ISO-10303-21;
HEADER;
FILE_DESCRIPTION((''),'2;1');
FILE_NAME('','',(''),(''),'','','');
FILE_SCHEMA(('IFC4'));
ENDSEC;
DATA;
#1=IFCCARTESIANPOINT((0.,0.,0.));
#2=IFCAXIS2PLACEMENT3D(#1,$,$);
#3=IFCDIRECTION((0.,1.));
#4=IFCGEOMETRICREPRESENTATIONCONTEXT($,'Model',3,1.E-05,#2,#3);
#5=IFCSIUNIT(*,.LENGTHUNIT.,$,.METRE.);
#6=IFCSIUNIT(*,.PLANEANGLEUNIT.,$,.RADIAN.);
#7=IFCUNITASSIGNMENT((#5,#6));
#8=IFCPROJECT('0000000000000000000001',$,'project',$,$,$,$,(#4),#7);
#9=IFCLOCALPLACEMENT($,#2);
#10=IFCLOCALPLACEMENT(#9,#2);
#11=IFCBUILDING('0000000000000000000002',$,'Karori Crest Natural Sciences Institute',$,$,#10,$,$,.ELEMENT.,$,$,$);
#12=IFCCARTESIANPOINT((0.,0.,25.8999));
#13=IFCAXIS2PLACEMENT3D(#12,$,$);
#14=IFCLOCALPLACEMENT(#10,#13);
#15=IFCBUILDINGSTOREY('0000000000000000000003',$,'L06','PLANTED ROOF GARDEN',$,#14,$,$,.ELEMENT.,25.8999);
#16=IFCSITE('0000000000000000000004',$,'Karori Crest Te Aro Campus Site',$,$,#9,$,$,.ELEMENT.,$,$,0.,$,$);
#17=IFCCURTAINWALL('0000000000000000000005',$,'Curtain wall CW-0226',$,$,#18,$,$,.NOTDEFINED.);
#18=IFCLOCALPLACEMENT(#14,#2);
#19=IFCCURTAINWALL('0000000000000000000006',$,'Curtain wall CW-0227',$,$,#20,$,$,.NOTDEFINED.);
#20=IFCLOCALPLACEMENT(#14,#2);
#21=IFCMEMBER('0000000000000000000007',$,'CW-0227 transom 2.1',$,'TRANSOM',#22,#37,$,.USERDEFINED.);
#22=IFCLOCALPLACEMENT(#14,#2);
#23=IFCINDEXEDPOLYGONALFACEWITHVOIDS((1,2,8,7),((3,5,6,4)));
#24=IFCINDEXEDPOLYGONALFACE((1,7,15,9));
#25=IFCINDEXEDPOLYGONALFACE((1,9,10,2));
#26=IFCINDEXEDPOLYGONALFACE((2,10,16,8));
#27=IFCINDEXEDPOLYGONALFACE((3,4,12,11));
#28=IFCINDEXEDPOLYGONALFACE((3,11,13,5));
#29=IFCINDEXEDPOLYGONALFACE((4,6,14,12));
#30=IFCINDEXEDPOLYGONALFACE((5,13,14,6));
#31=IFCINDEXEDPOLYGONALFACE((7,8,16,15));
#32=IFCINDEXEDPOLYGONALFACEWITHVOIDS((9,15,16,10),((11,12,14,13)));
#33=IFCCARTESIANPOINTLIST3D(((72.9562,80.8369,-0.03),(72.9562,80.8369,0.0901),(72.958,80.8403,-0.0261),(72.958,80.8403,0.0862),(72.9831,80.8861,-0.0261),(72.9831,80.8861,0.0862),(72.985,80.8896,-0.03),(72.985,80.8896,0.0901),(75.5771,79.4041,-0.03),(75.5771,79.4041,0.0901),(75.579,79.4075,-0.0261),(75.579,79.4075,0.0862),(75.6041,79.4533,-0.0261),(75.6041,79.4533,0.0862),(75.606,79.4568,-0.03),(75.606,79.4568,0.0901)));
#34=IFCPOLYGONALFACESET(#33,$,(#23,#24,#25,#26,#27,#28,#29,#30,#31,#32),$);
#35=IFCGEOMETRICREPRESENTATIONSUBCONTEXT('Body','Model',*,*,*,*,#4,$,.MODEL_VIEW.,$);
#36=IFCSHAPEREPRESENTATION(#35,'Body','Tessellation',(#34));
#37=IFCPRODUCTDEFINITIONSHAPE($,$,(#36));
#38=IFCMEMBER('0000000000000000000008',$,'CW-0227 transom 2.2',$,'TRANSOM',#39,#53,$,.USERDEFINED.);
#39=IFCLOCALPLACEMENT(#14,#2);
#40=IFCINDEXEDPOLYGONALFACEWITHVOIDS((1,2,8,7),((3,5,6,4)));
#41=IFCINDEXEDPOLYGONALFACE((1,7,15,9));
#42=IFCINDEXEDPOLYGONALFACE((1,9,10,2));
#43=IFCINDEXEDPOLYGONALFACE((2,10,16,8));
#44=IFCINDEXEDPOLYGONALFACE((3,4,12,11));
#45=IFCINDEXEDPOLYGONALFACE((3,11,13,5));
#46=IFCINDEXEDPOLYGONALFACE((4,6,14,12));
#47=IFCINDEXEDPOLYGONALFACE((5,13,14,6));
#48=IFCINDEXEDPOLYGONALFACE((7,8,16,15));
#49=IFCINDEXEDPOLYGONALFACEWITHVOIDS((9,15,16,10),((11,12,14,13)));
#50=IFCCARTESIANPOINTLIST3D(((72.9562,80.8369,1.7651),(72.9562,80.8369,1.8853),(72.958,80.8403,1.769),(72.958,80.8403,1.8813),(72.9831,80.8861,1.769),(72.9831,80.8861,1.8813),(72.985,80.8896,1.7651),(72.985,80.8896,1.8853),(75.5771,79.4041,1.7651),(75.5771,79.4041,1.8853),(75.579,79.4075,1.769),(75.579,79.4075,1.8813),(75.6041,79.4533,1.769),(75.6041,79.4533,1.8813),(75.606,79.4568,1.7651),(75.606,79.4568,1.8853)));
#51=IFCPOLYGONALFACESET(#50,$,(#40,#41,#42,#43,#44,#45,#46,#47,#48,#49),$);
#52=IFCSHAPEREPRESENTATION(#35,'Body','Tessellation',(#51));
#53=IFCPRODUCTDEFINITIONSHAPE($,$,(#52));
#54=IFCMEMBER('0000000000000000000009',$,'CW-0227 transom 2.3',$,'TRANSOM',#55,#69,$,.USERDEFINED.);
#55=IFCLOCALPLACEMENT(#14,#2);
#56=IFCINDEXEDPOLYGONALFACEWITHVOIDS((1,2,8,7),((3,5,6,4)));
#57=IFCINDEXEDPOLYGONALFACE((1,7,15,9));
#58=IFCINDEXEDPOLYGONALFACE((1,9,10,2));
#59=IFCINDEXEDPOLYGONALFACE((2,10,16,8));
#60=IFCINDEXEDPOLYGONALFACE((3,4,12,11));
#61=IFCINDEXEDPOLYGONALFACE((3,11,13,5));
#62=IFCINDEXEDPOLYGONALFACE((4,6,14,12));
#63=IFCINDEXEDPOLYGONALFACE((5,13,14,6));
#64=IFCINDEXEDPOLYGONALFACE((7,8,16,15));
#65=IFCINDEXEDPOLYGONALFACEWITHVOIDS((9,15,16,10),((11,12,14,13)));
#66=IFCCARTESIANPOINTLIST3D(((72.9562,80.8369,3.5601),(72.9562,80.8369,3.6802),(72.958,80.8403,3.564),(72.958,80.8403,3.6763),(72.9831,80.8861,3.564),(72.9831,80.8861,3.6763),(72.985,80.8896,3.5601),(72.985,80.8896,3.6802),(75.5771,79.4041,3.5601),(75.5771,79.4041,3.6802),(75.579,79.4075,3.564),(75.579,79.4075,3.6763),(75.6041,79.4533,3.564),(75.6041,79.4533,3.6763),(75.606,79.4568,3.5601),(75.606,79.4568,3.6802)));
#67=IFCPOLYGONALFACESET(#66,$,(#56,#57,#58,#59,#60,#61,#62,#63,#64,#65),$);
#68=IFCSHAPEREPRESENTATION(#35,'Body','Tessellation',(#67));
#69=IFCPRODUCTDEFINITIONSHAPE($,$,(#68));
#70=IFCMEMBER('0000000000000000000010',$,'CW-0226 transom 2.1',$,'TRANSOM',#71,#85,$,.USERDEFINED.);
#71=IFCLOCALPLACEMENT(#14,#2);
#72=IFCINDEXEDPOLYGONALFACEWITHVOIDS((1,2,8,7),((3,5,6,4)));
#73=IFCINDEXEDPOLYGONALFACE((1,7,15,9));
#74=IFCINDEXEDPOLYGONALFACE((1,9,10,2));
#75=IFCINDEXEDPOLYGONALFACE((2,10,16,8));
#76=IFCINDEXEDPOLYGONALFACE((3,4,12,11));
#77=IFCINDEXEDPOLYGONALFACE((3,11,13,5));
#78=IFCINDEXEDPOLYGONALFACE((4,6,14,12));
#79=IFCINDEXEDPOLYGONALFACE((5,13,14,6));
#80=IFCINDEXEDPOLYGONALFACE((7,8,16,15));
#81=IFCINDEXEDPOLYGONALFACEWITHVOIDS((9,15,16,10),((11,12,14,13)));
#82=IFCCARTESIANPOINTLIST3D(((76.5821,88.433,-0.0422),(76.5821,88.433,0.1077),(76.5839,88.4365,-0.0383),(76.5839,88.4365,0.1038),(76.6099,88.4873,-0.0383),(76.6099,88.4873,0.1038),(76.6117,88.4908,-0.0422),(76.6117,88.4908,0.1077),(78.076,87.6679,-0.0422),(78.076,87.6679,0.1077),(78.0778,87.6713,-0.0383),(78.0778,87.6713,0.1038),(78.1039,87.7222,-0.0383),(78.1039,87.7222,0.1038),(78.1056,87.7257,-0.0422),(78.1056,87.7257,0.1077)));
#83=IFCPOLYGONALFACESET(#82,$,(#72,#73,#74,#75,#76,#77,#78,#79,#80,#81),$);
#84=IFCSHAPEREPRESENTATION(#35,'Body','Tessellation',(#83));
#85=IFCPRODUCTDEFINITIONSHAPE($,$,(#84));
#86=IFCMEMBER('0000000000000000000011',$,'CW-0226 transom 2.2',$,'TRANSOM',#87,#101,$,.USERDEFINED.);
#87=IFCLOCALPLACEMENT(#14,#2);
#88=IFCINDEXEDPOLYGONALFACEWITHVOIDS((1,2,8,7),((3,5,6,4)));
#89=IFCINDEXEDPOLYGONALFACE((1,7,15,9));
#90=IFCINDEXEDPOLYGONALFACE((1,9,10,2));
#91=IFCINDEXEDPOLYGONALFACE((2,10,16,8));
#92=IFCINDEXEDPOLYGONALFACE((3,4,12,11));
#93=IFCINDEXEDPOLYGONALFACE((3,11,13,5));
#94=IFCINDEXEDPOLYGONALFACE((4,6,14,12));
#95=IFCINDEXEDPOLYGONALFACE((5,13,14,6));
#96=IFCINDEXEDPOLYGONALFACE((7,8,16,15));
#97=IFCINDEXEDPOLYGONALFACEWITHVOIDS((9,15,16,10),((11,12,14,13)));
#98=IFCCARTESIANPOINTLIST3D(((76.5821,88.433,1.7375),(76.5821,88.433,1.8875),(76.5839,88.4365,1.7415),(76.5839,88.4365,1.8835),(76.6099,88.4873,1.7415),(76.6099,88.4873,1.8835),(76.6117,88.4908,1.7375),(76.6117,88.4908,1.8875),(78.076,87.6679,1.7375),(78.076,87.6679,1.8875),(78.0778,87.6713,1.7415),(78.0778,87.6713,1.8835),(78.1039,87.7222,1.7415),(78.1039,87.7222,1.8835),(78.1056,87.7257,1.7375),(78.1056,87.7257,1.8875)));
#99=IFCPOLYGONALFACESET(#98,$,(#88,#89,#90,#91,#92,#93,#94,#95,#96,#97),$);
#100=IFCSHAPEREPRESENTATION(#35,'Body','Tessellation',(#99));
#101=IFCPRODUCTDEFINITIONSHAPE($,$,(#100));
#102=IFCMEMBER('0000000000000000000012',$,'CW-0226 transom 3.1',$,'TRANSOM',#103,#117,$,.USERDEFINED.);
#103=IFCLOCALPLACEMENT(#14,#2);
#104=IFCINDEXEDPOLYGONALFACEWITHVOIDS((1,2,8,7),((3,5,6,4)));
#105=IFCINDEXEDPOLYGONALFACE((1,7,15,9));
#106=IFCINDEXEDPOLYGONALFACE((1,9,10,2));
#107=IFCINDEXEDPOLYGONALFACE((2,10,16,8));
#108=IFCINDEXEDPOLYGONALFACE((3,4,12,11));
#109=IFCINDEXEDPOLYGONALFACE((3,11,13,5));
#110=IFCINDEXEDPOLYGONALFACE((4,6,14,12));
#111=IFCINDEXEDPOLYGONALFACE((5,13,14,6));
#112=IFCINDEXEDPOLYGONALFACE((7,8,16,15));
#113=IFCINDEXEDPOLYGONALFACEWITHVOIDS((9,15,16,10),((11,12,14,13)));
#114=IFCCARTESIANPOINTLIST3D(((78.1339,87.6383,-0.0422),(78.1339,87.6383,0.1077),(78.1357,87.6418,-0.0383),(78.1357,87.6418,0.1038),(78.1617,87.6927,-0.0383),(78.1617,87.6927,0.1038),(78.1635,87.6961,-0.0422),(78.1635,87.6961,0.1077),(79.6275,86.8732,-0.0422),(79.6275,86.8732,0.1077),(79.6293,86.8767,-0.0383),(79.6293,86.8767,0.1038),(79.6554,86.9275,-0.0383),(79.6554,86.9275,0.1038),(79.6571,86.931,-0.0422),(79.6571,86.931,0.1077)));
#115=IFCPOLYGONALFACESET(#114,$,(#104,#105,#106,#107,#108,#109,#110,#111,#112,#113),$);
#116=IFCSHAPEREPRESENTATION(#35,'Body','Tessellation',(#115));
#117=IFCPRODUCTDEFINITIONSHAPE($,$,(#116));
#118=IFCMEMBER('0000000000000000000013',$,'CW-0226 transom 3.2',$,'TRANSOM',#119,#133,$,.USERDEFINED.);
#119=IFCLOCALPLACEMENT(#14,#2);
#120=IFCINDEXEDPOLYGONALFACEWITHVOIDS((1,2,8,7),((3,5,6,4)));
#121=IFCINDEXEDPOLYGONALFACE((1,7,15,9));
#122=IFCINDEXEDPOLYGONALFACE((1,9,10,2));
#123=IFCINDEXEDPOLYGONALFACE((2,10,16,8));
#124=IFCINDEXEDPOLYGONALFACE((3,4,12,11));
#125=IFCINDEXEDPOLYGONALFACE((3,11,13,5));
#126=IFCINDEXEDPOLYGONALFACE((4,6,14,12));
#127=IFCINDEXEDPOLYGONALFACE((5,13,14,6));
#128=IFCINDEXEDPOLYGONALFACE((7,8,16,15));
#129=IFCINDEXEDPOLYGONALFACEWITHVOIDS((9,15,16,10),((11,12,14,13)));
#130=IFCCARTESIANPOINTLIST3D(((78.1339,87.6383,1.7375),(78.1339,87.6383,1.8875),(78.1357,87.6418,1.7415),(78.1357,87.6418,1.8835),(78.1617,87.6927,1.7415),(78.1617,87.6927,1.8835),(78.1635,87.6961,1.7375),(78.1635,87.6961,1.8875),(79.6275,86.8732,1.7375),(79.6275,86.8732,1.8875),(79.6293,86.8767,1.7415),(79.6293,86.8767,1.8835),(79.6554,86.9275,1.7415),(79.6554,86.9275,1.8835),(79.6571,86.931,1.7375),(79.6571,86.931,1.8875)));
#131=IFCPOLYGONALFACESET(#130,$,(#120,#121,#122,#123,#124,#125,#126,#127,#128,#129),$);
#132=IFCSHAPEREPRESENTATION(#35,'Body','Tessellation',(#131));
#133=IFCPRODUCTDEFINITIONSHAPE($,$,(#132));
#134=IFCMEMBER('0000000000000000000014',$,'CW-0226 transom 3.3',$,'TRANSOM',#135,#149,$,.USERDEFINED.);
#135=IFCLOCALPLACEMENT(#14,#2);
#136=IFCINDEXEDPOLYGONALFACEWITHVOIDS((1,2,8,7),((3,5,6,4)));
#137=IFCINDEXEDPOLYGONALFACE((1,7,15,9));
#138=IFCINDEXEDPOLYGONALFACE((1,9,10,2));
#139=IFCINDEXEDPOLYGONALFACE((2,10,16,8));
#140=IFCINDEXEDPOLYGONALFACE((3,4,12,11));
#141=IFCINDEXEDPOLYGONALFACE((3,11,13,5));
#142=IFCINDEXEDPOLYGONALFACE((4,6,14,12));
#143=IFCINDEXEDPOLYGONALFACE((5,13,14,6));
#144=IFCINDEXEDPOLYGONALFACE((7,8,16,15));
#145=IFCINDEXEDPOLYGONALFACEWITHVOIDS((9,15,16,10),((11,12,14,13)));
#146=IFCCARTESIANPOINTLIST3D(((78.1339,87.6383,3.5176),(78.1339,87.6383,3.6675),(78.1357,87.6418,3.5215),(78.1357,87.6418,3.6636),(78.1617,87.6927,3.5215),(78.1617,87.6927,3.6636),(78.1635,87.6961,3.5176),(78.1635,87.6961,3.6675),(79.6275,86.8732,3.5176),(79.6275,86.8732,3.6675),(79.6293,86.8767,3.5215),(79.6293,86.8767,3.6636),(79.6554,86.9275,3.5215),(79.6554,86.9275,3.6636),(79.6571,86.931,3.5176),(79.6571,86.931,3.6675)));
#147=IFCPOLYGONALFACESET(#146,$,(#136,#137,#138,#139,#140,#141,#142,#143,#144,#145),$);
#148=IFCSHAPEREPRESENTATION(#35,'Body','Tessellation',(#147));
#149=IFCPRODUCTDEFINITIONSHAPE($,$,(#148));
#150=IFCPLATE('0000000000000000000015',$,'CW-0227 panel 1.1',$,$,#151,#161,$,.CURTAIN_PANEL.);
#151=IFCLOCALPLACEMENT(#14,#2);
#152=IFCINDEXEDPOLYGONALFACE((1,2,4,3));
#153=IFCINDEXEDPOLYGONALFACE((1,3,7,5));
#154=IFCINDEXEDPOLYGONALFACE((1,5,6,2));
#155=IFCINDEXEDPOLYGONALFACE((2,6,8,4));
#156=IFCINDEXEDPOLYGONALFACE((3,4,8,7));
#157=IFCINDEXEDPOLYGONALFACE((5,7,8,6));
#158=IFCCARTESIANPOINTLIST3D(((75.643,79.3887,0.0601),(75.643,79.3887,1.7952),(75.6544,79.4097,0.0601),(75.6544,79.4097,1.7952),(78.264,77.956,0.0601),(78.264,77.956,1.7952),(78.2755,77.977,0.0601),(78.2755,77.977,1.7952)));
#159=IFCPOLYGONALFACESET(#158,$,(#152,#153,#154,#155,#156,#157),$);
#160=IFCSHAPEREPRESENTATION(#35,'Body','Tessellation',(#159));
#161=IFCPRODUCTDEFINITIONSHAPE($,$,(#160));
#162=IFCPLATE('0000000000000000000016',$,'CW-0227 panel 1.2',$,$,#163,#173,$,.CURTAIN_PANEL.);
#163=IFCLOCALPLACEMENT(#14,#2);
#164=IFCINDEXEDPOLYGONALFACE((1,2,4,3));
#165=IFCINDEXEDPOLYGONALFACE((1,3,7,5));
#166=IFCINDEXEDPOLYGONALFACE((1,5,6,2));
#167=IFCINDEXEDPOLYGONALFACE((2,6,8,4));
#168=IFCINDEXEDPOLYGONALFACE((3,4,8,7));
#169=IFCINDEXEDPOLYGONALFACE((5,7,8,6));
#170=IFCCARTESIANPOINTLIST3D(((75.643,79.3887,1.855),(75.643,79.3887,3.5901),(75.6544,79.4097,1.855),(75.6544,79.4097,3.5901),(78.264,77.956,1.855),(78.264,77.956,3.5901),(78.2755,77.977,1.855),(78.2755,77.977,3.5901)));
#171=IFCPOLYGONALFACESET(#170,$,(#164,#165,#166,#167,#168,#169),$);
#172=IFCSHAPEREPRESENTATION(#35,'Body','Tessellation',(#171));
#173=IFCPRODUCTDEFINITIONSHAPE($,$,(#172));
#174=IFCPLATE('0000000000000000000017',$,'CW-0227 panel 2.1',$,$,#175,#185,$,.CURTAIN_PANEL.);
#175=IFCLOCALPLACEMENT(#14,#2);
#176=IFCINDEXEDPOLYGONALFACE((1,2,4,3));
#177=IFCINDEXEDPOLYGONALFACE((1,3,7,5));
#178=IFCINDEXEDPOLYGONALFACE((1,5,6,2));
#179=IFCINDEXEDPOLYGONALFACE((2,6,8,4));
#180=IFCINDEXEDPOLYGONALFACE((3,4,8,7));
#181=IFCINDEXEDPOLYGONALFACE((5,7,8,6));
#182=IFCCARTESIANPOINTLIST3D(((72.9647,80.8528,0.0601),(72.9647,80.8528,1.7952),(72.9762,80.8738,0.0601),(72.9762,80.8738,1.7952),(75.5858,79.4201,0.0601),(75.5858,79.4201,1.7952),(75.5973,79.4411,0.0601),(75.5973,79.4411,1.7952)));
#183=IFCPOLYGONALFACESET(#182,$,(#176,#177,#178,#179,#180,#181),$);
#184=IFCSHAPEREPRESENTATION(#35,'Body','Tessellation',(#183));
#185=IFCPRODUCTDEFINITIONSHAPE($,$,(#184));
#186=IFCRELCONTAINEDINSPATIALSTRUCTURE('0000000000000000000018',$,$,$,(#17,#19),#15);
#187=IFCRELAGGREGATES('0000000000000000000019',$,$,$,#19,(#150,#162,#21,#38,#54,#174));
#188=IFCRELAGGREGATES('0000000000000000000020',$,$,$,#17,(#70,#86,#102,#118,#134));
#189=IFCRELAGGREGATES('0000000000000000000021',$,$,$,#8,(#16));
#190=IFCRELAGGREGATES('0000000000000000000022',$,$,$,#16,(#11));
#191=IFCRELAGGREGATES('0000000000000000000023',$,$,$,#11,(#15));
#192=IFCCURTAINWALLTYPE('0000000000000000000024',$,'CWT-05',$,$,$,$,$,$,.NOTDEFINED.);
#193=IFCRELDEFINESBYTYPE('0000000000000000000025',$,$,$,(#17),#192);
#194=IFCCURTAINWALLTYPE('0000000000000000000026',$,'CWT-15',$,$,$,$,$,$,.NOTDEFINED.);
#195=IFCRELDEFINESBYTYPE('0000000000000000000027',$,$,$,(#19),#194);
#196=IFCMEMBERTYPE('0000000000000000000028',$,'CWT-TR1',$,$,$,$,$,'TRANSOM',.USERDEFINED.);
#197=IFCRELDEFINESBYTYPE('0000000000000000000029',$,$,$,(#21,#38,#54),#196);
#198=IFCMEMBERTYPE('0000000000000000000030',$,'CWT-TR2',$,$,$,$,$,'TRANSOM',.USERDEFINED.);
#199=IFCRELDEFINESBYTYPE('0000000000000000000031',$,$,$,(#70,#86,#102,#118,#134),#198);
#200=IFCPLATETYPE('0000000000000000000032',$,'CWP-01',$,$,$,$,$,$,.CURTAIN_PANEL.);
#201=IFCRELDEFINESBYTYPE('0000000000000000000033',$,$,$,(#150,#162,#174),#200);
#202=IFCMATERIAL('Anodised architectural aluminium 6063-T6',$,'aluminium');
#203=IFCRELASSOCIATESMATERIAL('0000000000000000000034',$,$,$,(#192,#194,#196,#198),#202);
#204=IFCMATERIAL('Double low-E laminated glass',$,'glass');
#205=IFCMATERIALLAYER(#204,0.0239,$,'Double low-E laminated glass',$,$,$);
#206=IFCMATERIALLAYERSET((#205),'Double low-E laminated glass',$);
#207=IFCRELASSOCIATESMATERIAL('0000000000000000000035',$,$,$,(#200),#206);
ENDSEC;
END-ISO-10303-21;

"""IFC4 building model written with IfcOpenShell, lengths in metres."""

from ifc_helpers import new_model, si_unit, direction, frame, origin, origin_2d, place, context, subcontext, project, spatial, rectangle, hollow_rectangle, extrude, material, layer, layer_set, material_profile, profile_set, type_object, element, aggregate, save


model = new_model("IFC4")

# Units and contexts
model_context = context("Model", 3, precision=1e-05, world=origin(), true_north=direction((0.0, 1.0)))
body_context = subcontext(model_context, "Body", "Model", "MODEL_VIEW")
ifc_project = project(units=[si_unit("LENGTHUNIT", "METRE"), si_unit("PLANEANGLEUNIT", "RADIAN")], contexts=[model_context])

# Site, building, storey
site_placement = place(None, origin())
site = spatial("IfcSite", under=ifc_project, at=site_placement, Name="Karori Crest Te Aro Campus Site", CompositionType="ELEMENT", RefElevation=0.0)
building_placement = place(site_placement, origin())
building = spatial("IfcBuilding", under=site, at=building_placement, Name="Karori Crest Natural Sciences Institute", CompositionType="ELEMENT")
storey_placement = place(building_placement, frame((0.0, 0.0, 25.8999)))
storey = spatial("IfcBuildingStorey", under=building, at=storey_placement, Name="L06", Description="PLANTED ROOF GARDEN", CompositionType="ELEMENT", Elevation=25.8999)

# Curtain wall
ifc_material_1 = material(Name="Anodised architectural aluminium 6063-T6", Category="aluminium")
curtain_wall_type_1 = type_object("IfcCurtainWallType", Name="CWT-05", PredefinedType="NOTDEFINED", material=ifc_material_1)
curtain_wall_1_placement = place(storey_placement, origin())
curtain_wall_1 = element("IfcCurtainWall", 1, at=curtain_wall_1_placement, inside=storey, type_object=curtain_wall_type_1, Name="Curtain wall CW-0226", PredefinedType="NOTDEFINED")

# Curtain wall, members
curtain_wall_type_2 = type_object("IfcCurtainWallType", Name="CWT-15", PredefinedType="NOTDEFINED", material=ifc_material_1)
curtain_wall_2_placement = place(storey_placement, origin())
curtain_wall_2 = element("IfcCurtainWall", 2, at=curtain_wall_2_placement, inside=storey, type_object=curtain_wall_type_2, Name="Curtain wall CW-0227", PredefinedType="NOTDEFINED")
ifc_material_profile_1 = material_profile(ifc_material_1, hollow_rectangle(XDim=0.0601, YDim=0.1201, WallThickness=0.0039, at=origin_2d()), Name="CWT120x60x4")
ifc_profile_set_1 = profile_set([ifc_material_profile_1], Name="Anodised architectural aluminium 6063-T6")
member_type_1 = type_object("IfcMemberType", Name="CWT-TR1", ElementType="TRANSOM", PredefinedType="USERDEFINED", material=ifc_profile_set_1)
member_1_placement = place(storey_placement, frame((75.5916, 79.4304, 0.03), z_axis=(-0.877449, 0.479671, 0.0), x_axis=(-0.479671, -0.877449, 0.0)))
member_1 = element("IfcMember", 3, at=member_1_placement, type_object=member_type_1, Name="CW-0227 transom 2.1", ObjectType="TRANSOM", PredefinedType="USERDEFINED", context=body_context, shape_type="SweptSolid", body=[
    extrude(hollow_rectangle(XDim=0.0601, YDim=0.1201, WallThickness=0.0039, at=origin_2d()), origin(), (0.0, 0.0, 1.0), 2.9871),
])
member_2_placement = place(storey_placement, frame((75.5916, 79.4304, 1.8252), z_axis=(-0.877449, 0.479671, 0.0), x_axis=(-0.479671, -0.877449, 0.0)))
member_2 = element("IfcMember", 4, at=member_2_placement, type_object=member_type_1, Name="CW-0227 transom 2.2", ObjectType="TRANSOM", PredefinedType="USERDEFINED", context=body_context, shape_type="SweptSolid", body=[
    extrude(hollow_rectangle(XDim=0.0601, YDim=0.1201, WallThickness=0.0039, at=origin_2d()), origin(), (0.0, 0.0, 1.0), 2.9871),
])
member_3_placement = place(storey_placement, frame((75.5916, 79.4304, 3.6201), z_axis=(-0.877449, 0.479671, 0.0), x_axis=(-0.479671, -0.877449, 0.0)))
member_3 = element("IfcMember", 5, at=member_3_placement, type_object=member_type_1, Name="CW-0227 transom 2.3", ObjectType="TRANSOM", PredefinedType="USERDEFINED", context=body_context, shape_type="SweptSolid", body=[
    extrude(hollow_rectangle(XDim=0.0601, YDim=0.1201, WallThickness=0.0039, at=origin_2d()), origin(), (0.0, 0.0, 1.0), 2.9871),
])

# Members
ifc_material_profile_2 = material_profile(ifc_material_1, hollow_rectangle(XDim=0.0649, YDim=0.1499, WallThickness=0.0039, at=origin_2d()), Name="CWT150x65x4")
ifc_profile_set_2 = profile_set([ifc_material_profile_2], Name="Anodised architectural aluminium 6063-T6")
member_type_2 = type_object("IfcMemberType", Name="CWT-TR2", ElementType="TRANSOM", PredefinedType="USERDEFINED", material=ifc_profile_set_2)
member_4_placement = place(storey_placement, frame((76.5969, 88.4619, 0.0327), z_axis=(0.890051, -0.455862, 0.0), x_axis=(0.455862, 0.890051, 0.0)))
member_4 = element("IfcMember", 6, at=member_4_placement, type_object=member_type_2, Name="CW-0226 transom 2.1", ObjectType="TRANSOM", PredefinedType="USERDEFINED", context=body_context, shape_type="SweptSolid", body=[
    extrude(hollow_rectangle(XDim=0.0649, YDim=0.1499, WallThickness=0.0039, at=origin_2d()), origin(), (0.0, 0.0, 1.0), 1.6785),
])
member_5_placement = place(storey_placement, frame((76.5969, 88.4619, 1.8125), z_axis=(0.890051, -0.455862, 0.0), x_axis=(0.455862, 0.890051, 0.0)))
member_5 = element("IfcMember", 7, at=member_5_placement, type_object=member_type_2, Name="CW-0226 transom 2.2", ObjectType="TRANSOM", PredefinedType="USERDEFINED", context=body_context, shape_type="SweptSolid", body=[
    extrude(hollow_rectangle(XDim=0.0649, YDim=0.1499, WallThickness=0.0039, at=origin_2d()), origin(), (0.0, 0.0, 1.0), 1.6785),
])
member_6_placement = place(storey_placement, frame((78.1487, 87.6672, 0.0327), z_axis=(0.89002, -0.455921, 0.0), x_axis=(0.455921, 0.89002, 0.0)))
member_6 = element("IfcMember", 8, at=member_6_placement, type_object=member_type_2, Name="CW-0226 transom 3.1", ObjectType="TRANSOM", PredefinedType="USERDEFINED", context=body_context, shape_type="SweptSolid", body=[
    extrude(hollow_rectangle(XDim=0.0649, YDim=0.1499, WallThickness=0.0039, at=origin_2d()), origin(), (0.0, 0.0, 1.0), 1.6782),
])
member_7_placement = place(storey_placement, frame((78.1487, 87.6672, 1.8125), z_axis=(0.89002, -0.455921, 0.0), x_axis=(0.455921, 0.89002, 0.0)))
member_7 = element("IfcMember", 9, at=member_7_placement, type_object=member_type_2, Name="CW-0226 transom 3.2", ObjectType="TRANSOM", PredefinedType="USERDEFINED", context=body_context, shape_type="SweptSolid", body=[
    extrude(hollow_rectangle(XDim=0.0649, YDim=0.1499, WallThickness=0.0039, at=origin_2d()), origin(), (0.0, 0.0, 1.0), 1.6782),
])
member_8_placement = place(storey_placement, frame((78.1487, 87.6672, 3.5925), z_axis=(0.89002, -0.455921, 0.0), x_axis=(0.455921, 0.89002, 0.0)))
member_8 = element("IfcMember", 10, at=member_8_placement, type_object=member_type_2, Name="CW-0226 transom 3.3", ObjectType="TRANSOM", PredefinedType="USERDEFINED", context=body_context, shape_type="SweptSolid", body=[
    extrude(hollow_rectangle(XDim=0.0649, YDim=0.1499, WallThickness=0.0039, at=origin_2d()), origin(), (0.0, 0.0, 1.0), 1.6782),
])

# Plates
ifc_material_2 = material(Name="Double low-E laminated glass", Category="glass")
ifc_layer_1 = layer(ifc_material_2, 0.0239, Name="Double low-E laminated glass")
ifc_layer_set_1 = layer_set([ifc_layer_1], Name="Double low-E laminated glass")
plate_type_1 = type_object("IfcPlateType", Name="CWP-01", PredefinedType="CURTAIN_PANEL", material=ifc_layer_set_1)
plate_1_placement = place(storey_placement, frame((76.9592, 78.6829, 0.0601), z_axis=(0.0, 0.0, 1.0), x_axis=(-0.87747, 0.479631, 0.0)))
plate_1 = element("IfcPlate", 11, at=plate_1_placement, type_object=plate_type_1, Name="CW-0227 panel 1.1", PredefinedType="CURTAIN_PANEL", context=body_context, shape_type="SweptSolid", body=[
    extrude(rectangle(XDim=2.9871, YDim=0.0239, at=origin_2d()), origin(), (0.0, 0.0, 1.0), 1.7351),
])
plate_2_placement = place(storey_placement, frame((76.9592, 78.6829, 1.855), z_axis=(0.0, 0.0, 1.0), x_axis=(-0.87747, 0.479631, 0.0)))
plate_2 = element("IfcPlate", 12, at=plate_2_placement, type_object=plate_type_1, Name="CW-0227 panel 1.2", PredefinedType="CURTAIN_PANEL", context=body_context, shape_type="SweptSolid", body=[
    extrude(rectangle(XDim=2.9871, YDim=0.0239, at=origin_2d()), origin(), (0.0, 0.0, 1.0), 1.7351),
])
plate_3_placement = place(storey_placement, frame((74.281, 80.147, 0.0601), z_axis=(0.0, 0.0, 1.0), x_axis=(-0.87747, 0.479631, 0.0)))
plate_3 = element("IfcPlate", 13, at=plate_3_placement, type_object=plate_type_1, Name="CW-0227 panel 2.1", PredefinedType="CURTAIN_PANEL", context=body_context, shape_type="SweptSolid", body=[
    extrude(rectangle(XDim=2.9871, YDim=0.0239, at=origin_2d()), origin(), (0.0, 0.0, 1.0), 1.7351),
])
aggregate(curtain_wall_2, [plate_1, plate_2, member_1, member_2, member_3, plate_3])
aggregate(curtain_wall_1, [member_4, member_5, member_6, member_7, member_8])

save(model, "model.ifc")
